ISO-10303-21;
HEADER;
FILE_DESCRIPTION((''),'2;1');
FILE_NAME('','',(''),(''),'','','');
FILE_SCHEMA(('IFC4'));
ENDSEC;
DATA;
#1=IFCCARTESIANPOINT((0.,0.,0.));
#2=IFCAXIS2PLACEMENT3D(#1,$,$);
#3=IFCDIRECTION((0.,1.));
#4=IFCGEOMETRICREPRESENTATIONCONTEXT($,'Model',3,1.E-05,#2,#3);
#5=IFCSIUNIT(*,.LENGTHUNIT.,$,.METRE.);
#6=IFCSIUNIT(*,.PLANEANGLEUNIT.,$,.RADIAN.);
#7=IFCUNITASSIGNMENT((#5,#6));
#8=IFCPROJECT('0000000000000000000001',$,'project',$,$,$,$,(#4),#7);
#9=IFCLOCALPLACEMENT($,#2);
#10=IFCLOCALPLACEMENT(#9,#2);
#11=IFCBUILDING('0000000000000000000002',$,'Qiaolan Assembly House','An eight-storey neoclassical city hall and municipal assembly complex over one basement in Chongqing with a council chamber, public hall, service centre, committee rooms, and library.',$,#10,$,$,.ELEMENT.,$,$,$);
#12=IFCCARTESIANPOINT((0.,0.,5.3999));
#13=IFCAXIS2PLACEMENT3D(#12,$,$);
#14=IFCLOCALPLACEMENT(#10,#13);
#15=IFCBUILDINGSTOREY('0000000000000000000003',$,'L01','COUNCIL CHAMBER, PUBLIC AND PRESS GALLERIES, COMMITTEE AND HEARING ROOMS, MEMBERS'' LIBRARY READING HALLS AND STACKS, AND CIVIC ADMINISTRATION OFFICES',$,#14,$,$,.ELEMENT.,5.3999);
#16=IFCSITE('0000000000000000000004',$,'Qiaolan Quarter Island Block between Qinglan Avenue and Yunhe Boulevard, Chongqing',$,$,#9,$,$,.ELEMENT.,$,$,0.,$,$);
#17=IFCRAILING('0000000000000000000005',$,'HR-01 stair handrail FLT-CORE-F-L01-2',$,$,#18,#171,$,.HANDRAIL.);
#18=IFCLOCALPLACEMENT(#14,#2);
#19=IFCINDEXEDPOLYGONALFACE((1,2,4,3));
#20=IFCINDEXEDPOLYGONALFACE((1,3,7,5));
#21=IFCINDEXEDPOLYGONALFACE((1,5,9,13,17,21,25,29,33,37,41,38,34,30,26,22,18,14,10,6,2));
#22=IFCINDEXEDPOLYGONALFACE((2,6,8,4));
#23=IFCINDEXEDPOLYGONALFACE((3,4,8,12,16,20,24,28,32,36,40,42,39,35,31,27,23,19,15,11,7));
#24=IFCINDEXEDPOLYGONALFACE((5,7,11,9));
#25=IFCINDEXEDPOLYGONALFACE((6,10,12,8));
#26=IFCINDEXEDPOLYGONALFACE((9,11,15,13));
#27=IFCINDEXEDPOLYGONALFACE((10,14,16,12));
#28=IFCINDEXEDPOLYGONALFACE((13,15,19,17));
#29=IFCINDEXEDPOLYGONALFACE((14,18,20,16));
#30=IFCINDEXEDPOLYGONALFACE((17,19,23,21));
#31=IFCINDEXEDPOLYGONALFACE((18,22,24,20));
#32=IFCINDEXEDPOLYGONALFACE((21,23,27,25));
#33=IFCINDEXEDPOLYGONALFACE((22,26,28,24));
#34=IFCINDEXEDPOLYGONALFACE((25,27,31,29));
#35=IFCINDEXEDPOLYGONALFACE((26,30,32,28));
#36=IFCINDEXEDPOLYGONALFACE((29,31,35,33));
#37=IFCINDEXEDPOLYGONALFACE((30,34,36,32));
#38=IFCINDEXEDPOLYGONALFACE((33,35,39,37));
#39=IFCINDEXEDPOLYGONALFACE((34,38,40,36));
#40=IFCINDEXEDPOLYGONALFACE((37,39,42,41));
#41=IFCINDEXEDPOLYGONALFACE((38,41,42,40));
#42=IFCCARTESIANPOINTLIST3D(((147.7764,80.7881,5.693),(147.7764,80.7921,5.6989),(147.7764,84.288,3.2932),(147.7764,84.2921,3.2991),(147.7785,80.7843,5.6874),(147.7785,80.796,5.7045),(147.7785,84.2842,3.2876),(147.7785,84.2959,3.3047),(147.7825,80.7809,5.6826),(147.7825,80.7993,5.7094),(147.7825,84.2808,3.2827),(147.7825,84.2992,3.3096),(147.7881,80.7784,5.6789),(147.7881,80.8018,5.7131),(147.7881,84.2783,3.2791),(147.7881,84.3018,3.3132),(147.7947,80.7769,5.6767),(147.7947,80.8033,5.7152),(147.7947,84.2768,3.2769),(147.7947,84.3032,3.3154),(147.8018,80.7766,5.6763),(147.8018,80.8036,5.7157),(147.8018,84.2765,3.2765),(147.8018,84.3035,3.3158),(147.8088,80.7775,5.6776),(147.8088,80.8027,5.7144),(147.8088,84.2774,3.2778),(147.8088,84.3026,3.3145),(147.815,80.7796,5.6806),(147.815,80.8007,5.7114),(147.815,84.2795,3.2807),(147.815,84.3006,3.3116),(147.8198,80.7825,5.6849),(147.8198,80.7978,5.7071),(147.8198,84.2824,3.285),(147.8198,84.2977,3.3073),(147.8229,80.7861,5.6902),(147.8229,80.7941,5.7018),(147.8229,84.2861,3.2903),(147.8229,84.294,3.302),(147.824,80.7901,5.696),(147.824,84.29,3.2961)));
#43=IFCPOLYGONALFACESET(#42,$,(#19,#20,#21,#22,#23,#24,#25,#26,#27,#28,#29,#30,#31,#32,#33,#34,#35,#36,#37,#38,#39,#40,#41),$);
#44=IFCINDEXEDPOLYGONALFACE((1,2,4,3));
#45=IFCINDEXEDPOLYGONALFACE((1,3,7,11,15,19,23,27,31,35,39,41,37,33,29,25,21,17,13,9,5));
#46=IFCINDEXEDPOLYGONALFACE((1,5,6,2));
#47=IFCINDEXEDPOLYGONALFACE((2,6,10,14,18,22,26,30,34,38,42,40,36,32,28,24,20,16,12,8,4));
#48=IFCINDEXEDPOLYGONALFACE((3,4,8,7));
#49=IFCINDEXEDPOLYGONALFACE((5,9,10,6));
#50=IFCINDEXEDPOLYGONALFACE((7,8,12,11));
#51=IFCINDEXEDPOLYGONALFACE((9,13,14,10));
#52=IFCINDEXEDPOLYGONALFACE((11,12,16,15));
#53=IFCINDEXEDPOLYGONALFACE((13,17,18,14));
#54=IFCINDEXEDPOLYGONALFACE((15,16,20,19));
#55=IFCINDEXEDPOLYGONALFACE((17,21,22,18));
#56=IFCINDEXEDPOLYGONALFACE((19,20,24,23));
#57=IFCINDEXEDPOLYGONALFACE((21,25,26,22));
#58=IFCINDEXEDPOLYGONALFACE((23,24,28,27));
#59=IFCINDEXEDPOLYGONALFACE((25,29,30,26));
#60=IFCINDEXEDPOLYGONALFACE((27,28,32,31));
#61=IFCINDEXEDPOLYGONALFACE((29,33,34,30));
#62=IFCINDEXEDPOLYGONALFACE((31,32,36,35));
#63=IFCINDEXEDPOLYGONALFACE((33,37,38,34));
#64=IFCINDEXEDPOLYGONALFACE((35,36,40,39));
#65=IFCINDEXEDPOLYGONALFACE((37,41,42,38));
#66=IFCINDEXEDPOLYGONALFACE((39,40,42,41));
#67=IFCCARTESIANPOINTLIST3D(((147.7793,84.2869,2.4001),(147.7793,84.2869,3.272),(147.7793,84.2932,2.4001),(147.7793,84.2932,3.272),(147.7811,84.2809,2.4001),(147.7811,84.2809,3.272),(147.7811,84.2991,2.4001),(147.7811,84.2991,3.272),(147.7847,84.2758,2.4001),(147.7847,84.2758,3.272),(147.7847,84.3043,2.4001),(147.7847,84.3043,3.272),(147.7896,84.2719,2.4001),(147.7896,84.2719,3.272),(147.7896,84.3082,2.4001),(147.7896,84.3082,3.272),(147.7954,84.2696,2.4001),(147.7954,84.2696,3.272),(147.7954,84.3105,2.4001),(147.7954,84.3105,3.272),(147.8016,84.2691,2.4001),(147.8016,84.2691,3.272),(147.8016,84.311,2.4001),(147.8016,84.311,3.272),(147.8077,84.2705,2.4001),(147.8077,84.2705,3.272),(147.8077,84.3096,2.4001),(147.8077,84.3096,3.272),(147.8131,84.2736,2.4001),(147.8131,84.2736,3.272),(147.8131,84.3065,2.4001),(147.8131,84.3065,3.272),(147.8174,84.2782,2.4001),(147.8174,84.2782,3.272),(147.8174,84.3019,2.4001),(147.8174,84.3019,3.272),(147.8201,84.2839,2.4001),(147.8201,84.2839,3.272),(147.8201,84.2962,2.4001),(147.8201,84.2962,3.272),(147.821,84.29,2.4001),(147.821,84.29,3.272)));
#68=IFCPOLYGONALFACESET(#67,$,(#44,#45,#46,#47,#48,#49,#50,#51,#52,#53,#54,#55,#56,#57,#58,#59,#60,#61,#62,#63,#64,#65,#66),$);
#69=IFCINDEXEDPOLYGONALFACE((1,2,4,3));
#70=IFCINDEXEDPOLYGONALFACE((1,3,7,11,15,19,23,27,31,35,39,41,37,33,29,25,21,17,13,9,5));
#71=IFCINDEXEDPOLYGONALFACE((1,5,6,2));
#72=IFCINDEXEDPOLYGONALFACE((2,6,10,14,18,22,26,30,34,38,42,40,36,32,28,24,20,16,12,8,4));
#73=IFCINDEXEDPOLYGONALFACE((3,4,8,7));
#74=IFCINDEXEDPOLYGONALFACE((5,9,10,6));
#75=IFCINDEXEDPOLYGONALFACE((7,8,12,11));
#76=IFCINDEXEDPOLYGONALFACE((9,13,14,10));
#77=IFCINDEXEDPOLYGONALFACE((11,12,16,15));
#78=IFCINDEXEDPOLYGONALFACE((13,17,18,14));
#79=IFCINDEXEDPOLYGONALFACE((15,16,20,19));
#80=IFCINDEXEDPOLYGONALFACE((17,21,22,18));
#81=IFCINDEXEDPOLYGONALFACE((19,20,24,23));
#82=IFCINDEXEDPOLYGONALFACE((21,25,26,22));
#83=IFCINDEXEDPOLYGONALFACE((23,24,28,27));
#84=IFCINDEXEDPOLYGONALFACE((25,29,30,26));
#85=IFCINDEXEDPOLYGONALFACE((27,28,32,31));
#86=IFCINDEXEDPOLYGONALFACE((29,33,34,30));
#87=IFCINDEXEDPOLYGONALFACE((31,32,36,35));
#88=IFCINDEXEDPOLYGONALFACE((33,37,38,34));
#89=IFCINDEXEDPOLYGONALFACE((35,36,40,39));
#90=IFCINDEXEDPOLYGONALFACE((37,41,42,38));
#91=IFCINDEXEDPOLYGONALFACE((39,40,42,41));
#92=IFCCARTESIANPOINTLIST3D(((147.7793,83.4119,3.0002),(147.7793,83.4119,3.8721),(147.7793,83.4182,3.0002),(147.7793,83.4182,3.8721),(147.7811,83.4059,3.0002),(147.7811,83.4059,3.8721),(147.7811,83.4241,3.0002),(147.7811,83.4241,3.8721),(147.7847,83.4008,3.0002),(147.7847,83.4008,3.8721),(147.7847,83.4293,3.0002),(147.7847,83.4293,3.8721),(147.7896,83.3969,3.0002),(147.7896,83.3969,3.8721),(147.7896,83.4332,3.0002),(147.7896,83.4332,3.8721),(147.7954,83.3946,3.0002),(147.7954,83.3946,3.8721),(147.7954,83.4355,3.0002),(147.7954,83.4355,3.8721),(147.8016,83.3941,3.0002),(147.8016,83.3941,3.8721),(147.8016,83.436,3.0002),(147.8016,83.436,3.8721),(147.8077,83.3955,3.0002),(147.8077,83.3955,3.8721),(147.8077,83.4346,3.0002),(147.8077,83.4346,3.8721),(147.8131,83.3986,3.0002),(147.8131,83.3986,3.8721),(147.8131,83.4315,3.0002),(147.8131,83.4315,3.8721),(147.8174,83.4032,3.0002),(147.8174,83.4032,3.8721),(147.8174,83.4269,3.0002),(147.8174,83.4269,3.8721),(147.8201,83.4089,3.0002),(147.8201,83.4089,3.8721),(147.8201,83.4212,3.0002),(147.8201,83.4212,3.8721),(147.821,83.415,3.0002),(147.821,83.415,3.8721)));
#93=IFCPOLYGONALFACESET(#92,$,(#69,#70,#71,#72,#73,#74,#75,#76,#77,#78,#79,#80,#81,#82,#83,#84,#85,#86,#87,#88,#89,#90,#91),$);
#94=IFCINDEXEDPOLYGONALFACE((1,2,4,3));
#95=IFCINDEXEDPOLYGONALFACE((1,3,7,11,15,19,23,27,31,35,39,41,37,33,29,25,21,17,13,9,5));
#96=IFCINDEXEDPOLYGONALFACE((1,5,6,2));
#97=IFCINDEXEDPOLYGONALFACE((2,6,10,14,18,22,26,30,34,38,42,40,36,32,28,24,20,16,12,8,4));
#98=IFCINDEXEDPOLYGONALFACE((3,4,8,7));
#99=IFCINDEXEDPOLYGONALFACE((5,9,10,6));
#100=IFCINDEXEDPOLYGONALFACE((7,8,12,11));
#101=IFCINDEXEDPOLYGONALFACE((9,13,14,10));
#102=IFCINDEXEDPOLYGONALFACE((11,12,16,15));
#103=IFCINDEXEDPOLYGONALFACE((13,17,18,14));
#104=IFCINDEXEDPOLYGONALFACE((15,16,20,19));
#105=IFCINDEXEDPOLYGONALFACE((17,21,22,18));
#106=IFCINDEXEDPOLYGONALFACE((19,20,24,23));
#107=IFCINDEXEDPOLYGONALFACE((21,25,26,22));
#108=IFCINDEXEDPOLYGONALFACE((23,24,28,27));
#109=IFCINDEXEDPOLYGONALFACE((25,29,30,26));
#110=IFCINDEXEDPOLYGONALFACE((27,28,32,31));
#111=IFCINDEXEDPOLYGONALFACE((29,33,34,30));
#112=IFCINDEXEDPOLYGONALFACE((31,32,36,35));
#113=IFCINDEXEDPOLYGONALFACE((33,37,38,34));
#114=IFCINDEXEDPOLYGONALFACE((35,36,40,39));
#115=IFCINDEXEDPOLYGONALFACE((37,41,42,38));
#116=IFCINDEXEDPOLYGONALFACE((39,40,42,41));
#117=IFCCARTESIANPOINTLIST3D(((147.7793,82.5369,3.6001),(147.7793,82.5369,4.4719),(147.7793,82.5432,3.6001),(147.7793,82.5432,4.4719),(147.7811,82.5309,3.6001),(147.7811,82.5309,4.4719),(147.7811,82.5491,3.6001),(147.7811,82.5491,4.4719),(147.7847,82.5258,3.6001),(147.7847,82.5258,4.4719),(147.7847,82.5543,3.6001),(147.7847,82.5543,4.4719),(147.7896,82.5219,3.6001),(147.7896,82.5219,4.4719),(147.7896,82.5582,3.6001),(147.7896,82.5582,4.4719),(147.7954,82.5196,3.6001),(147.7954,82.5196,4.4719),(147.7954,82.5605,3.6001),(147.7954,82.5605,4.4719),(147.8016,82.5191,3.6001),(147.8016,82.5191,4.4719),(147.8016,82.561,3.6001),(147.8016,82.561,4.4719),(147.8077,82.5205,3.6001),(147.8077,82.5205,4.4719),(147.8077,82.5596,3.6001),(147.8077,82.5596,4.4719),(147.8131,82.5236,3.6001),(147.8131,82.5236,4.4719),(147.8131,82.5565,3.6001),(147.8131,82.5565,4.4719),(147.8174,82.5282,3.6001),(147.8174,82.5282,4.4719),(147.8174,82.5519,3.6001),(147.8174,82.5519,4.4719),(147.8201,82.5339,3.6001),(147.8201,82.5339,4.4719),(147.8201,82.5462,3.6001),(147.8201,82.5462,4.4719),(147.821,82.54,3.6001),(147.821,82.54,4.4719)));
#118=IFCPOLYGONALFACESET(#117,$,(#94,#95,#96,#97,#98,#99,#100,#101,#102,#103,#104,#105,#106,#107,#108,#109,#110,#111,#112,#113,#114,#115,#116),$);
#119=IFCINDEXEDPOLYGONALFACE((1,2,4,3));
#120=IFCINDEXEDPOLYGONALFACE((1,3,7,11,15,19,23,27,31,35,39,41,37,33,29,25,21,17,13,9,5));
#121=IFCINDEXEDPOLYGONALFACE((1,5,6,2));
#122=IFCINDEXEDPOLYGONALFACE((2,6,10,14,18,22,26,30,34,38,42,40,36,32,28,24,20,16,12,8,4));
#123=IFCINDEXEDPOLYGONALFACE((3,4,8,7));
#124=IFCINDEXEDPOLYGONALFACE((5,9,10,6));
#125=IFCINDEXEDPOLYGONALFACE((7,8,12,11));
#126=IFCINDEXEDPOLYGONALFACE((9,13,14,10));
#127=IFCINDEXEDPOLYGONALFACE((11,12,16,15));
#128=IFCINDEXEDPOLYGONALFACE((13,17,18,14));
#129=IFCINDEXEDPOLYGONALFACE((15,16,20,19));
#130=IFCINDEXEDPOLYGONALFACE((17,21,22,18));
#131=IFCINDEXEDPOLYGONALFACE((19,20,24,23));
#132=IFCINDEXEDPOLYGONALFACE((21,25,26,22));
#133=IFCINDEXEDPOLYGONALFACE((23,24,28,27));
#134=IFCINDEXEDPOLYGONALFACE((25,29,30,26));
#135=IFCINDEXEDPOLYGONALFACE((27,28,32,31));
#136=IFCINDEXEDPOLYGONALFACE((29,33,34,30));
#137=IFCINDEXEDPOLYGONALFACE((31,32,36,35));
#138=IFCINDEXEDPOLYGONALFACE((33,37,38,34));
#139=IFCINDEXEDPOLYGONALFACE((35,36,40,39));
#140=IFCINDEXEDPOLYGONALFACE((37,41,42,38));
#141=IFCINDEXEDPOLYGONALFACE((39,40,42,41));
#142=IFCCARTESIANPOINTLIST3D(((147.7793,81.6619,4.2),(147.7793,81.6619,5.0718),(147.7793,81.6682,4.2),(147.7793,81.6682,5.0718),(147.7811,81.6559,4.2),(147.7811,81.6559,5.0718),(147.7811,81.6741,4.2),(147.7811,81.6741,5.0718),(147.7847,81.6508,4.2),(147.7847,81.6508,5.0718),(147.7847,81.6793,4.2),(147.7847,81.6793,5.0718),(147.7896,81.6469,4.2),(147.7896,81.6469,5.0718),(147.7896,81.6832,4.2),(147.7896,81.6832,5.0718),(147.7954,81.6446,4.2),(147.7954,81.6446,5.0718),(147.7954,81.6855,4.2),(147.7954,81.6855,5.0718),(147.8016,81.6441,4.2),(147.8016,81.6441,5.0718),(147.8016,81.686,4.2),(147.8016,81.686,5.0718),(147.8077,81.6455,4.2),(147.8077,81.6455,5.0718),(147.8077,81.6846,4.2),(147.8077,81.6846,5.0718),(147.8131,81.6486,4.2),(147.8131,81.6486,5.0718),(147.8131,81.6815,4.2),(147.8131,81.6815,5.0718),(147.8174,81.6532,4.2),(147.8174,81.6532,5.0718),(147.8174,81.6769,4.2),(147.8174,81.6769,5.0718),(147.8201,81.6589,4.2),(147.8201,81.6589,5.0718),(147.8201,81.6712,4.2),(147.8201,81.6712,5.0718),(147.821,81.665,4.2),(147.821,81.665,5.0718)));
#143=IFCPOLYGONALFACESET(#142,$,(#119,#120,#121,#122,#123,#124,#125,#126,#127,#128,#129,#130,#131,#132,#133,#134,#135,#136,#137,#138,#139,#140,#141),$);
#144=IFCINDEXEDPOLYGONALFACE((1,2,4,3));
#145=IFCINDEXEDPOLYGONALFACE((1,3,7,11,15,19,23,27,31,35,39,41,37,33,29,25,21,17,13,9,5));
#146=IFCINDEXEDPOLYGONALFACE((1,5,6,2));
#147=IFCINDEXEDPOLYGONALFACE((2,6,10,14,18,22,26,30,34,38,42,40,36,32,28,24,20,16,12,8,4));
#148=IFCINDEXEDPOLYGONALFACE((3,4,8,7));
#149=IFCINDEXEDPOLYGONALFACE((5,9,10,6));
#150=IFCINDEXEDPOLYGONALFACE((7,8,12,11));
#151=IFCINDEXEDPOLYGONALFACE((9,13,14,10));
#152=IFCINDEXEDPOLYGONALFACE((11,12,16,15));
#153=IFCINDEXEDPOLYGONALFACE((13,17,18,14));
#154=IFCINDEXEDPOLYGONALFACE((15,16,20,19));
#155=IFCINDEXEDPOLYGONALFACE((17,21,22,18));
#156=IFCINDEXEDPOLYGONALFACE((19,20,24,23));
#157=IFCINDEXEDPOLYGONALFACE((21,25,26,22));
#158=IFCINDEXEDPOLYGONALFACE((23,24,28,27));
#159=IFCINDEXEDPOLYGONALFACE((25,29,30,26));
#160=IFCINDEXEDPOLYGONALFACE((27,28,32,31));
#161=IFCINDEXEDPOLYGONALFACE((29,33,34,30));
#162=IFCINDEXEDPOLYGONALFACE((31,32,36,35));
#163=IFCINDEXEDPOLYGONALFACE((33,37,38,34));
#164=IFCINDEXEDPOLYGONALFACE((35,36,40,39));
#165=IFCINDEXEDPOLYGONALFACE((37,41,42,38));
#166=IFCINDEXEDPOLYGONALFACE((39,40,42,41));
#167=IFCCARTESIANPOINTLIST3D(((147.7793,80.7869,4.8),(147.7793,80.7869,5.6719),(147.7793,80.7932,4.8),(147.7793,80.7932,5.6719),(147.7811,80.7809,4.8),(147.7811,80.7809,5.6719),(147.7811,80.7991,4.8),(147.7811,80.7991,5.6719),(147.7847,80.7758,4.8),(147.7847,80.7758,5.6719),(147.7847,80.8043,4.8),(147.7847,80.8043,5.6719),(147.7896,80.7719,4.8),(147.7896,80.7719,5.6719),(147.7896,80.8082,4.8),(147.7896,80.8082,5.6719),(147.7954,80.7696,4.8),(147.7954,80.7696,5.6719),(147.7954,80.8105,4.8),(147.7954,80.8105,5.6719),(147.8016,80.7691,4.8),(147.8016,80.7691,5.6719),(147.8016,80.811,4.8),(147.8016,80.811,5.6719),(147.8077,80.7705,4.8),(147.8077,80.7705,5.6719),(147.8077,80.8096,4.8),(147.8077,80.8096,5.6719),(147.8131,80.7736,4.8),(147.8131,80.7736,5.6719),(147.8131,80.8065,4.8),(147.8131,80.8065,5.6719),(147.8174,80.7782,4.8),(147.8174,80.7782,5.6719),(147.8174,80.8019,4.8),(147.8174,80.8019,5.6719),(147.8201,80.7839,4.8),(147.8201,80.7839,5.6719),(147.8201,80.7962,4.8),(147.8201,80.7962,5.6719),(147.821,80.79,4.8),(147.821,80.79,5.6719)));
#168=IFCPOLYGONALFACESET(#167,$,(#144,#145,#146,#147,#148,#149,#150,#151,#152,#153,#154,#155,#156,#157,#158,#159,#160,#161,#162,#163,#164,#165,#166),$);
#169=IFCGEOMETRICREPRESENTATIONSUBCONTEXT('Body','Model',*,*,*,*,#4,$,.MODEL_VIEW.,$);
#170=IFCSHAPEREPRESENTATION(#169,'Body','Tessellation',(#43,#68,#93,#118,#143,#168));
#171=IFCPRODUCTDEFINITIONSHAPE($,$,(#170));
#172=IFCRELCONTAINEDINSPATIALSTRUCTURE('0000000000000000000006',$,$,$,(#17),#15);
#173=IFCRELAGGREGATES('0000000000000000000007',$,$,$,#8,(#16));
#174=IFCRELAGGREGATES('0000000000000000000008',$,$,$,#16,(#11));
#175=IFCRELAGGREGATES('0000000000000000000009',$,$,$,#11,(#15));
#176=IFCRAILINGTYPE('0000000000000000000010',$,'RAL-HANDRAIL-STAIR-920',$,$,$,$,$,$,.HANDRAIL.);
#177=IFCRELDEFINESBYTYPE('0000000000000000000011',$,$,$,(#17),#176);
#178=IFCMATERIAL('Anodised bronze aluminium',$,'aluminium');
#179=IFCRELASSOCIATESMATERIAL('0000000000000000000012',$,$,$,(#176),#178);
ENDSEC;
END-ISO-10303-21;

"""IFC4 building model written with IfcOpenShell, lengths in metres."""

from ifc_helpers import new_model, si_unit, direction, frame, origin, origin_2d, place, context, subcontext, project, spatial, circle, extrude, material, type_object, element, save


model = new_model("IFC4")

# Units and contexts
model_context = context("Model", 3, precision=1e-05, world=origin(), true_north=direction((0.0, 1.0)))
body_context = subcontext(model_context, "Body", "Model", "MODEL_VIEW")
ifc_project = project(units=[si_unit("LENGTHUNIT", "METRE"), si_unit("PLANEANGLEUNIT", "RADIAN")], contexts=[model_context])

# Site, building, storey
site_placement = place(None, origin())
site = spatial("IfcSite", under=ifc_project, at=site_placement, Name="Qiaolan Quarter Island Block between Qinglan Avenue and Yunhe Boulevard, Chongqing", CompositionType="ELEMENT", RefElevation=0.0)
building_placement = place(site_placement, origin())
building = spatial("IfcBuilding", under=site, at=building_placement, Name="Qiaolan Assembly House", Description="An eight-storey neoclassical city hall and municipal assembly complex over one basement in Chongqing with a council chamber, public hall, service centre, committee rooms, and library.", CompositionType="ELEMENT")
storey_placement = place(building_placement, frame((0.0, 0.0, 5.3999)))
storey = spatial("IfcBuildingStorey", under=building, at=storey_placement, Name="L01", Description="COUNCIL CHAMBER, PUBLIC AND PRESS GALLERIES, COMMITTEE AND HEARING ROOMS, MEMBERS' LIBRARY READING HALLS AND STACKS, AND CIVIC ADMINISTRATION OFFICES", CompositionType="ELEMENT", Elevation=5.3999)

# Shared definitions
ifc_material_1 = material(Name="Anodised bronze aluminium", Category="aluminium")

# Railing
railing_type_1 = type_object("IfcRailingType", Name="RAL-HANDRAIL-STAIR-920", PredefinedType="HANDRAIL", material=ifc_material_1)
railing_1_placement = place(storey_placement, frame((147.8, 84.29, 2.4001)))
element("IfcRailing", 1, at=railing_1_placement, inside=storey, type_object=railing_type_1, Name="HR-01 stair handrail FLT-CORE-F-L01-2", PredefinedType="HANDRAIL", context=body_context, shape_type="SweptSolid", body=[
    extrude(circle(Radius=0.0239, at=origin_2d()), frame((0.0, 0.0, 0.896), z_axis=(0.0, -0.82474, 0.565513), x_axis=(1.0, 0.0, 0.0)), (0.0, 0.0, 1.0), 4.2437),
    extrude(circle(Radius=0.021, at=origin_2d()), origin(), (0.0, 0.0, 1.0), 0.8718),
    extrude(circle(Radius=0.021, at=origin_2d()), frame((0.0, -0.875, 0.6001)), (0.0, 0.0, 1.0), 0.8718),
    extrude(circle(Radius=0.021, at=origin_2d()), frame((0.0, -1.75, 1.2)), (0.0, 0.0, 1.0), 0.8718),
    extrude(circle(Radius=0.021, at=origin_2d()), frame((0.0, -2.625, 1.7998)), (0.0, 0.0, 1.0), 0.8718),
    extrude(circle(Radius=0.021, at=origin_2d()), frame((0.0, -3.5, 2.3999)), (0.0, 0.0, 1.0), 0.8718),
])

save(model, "model.ifc")
